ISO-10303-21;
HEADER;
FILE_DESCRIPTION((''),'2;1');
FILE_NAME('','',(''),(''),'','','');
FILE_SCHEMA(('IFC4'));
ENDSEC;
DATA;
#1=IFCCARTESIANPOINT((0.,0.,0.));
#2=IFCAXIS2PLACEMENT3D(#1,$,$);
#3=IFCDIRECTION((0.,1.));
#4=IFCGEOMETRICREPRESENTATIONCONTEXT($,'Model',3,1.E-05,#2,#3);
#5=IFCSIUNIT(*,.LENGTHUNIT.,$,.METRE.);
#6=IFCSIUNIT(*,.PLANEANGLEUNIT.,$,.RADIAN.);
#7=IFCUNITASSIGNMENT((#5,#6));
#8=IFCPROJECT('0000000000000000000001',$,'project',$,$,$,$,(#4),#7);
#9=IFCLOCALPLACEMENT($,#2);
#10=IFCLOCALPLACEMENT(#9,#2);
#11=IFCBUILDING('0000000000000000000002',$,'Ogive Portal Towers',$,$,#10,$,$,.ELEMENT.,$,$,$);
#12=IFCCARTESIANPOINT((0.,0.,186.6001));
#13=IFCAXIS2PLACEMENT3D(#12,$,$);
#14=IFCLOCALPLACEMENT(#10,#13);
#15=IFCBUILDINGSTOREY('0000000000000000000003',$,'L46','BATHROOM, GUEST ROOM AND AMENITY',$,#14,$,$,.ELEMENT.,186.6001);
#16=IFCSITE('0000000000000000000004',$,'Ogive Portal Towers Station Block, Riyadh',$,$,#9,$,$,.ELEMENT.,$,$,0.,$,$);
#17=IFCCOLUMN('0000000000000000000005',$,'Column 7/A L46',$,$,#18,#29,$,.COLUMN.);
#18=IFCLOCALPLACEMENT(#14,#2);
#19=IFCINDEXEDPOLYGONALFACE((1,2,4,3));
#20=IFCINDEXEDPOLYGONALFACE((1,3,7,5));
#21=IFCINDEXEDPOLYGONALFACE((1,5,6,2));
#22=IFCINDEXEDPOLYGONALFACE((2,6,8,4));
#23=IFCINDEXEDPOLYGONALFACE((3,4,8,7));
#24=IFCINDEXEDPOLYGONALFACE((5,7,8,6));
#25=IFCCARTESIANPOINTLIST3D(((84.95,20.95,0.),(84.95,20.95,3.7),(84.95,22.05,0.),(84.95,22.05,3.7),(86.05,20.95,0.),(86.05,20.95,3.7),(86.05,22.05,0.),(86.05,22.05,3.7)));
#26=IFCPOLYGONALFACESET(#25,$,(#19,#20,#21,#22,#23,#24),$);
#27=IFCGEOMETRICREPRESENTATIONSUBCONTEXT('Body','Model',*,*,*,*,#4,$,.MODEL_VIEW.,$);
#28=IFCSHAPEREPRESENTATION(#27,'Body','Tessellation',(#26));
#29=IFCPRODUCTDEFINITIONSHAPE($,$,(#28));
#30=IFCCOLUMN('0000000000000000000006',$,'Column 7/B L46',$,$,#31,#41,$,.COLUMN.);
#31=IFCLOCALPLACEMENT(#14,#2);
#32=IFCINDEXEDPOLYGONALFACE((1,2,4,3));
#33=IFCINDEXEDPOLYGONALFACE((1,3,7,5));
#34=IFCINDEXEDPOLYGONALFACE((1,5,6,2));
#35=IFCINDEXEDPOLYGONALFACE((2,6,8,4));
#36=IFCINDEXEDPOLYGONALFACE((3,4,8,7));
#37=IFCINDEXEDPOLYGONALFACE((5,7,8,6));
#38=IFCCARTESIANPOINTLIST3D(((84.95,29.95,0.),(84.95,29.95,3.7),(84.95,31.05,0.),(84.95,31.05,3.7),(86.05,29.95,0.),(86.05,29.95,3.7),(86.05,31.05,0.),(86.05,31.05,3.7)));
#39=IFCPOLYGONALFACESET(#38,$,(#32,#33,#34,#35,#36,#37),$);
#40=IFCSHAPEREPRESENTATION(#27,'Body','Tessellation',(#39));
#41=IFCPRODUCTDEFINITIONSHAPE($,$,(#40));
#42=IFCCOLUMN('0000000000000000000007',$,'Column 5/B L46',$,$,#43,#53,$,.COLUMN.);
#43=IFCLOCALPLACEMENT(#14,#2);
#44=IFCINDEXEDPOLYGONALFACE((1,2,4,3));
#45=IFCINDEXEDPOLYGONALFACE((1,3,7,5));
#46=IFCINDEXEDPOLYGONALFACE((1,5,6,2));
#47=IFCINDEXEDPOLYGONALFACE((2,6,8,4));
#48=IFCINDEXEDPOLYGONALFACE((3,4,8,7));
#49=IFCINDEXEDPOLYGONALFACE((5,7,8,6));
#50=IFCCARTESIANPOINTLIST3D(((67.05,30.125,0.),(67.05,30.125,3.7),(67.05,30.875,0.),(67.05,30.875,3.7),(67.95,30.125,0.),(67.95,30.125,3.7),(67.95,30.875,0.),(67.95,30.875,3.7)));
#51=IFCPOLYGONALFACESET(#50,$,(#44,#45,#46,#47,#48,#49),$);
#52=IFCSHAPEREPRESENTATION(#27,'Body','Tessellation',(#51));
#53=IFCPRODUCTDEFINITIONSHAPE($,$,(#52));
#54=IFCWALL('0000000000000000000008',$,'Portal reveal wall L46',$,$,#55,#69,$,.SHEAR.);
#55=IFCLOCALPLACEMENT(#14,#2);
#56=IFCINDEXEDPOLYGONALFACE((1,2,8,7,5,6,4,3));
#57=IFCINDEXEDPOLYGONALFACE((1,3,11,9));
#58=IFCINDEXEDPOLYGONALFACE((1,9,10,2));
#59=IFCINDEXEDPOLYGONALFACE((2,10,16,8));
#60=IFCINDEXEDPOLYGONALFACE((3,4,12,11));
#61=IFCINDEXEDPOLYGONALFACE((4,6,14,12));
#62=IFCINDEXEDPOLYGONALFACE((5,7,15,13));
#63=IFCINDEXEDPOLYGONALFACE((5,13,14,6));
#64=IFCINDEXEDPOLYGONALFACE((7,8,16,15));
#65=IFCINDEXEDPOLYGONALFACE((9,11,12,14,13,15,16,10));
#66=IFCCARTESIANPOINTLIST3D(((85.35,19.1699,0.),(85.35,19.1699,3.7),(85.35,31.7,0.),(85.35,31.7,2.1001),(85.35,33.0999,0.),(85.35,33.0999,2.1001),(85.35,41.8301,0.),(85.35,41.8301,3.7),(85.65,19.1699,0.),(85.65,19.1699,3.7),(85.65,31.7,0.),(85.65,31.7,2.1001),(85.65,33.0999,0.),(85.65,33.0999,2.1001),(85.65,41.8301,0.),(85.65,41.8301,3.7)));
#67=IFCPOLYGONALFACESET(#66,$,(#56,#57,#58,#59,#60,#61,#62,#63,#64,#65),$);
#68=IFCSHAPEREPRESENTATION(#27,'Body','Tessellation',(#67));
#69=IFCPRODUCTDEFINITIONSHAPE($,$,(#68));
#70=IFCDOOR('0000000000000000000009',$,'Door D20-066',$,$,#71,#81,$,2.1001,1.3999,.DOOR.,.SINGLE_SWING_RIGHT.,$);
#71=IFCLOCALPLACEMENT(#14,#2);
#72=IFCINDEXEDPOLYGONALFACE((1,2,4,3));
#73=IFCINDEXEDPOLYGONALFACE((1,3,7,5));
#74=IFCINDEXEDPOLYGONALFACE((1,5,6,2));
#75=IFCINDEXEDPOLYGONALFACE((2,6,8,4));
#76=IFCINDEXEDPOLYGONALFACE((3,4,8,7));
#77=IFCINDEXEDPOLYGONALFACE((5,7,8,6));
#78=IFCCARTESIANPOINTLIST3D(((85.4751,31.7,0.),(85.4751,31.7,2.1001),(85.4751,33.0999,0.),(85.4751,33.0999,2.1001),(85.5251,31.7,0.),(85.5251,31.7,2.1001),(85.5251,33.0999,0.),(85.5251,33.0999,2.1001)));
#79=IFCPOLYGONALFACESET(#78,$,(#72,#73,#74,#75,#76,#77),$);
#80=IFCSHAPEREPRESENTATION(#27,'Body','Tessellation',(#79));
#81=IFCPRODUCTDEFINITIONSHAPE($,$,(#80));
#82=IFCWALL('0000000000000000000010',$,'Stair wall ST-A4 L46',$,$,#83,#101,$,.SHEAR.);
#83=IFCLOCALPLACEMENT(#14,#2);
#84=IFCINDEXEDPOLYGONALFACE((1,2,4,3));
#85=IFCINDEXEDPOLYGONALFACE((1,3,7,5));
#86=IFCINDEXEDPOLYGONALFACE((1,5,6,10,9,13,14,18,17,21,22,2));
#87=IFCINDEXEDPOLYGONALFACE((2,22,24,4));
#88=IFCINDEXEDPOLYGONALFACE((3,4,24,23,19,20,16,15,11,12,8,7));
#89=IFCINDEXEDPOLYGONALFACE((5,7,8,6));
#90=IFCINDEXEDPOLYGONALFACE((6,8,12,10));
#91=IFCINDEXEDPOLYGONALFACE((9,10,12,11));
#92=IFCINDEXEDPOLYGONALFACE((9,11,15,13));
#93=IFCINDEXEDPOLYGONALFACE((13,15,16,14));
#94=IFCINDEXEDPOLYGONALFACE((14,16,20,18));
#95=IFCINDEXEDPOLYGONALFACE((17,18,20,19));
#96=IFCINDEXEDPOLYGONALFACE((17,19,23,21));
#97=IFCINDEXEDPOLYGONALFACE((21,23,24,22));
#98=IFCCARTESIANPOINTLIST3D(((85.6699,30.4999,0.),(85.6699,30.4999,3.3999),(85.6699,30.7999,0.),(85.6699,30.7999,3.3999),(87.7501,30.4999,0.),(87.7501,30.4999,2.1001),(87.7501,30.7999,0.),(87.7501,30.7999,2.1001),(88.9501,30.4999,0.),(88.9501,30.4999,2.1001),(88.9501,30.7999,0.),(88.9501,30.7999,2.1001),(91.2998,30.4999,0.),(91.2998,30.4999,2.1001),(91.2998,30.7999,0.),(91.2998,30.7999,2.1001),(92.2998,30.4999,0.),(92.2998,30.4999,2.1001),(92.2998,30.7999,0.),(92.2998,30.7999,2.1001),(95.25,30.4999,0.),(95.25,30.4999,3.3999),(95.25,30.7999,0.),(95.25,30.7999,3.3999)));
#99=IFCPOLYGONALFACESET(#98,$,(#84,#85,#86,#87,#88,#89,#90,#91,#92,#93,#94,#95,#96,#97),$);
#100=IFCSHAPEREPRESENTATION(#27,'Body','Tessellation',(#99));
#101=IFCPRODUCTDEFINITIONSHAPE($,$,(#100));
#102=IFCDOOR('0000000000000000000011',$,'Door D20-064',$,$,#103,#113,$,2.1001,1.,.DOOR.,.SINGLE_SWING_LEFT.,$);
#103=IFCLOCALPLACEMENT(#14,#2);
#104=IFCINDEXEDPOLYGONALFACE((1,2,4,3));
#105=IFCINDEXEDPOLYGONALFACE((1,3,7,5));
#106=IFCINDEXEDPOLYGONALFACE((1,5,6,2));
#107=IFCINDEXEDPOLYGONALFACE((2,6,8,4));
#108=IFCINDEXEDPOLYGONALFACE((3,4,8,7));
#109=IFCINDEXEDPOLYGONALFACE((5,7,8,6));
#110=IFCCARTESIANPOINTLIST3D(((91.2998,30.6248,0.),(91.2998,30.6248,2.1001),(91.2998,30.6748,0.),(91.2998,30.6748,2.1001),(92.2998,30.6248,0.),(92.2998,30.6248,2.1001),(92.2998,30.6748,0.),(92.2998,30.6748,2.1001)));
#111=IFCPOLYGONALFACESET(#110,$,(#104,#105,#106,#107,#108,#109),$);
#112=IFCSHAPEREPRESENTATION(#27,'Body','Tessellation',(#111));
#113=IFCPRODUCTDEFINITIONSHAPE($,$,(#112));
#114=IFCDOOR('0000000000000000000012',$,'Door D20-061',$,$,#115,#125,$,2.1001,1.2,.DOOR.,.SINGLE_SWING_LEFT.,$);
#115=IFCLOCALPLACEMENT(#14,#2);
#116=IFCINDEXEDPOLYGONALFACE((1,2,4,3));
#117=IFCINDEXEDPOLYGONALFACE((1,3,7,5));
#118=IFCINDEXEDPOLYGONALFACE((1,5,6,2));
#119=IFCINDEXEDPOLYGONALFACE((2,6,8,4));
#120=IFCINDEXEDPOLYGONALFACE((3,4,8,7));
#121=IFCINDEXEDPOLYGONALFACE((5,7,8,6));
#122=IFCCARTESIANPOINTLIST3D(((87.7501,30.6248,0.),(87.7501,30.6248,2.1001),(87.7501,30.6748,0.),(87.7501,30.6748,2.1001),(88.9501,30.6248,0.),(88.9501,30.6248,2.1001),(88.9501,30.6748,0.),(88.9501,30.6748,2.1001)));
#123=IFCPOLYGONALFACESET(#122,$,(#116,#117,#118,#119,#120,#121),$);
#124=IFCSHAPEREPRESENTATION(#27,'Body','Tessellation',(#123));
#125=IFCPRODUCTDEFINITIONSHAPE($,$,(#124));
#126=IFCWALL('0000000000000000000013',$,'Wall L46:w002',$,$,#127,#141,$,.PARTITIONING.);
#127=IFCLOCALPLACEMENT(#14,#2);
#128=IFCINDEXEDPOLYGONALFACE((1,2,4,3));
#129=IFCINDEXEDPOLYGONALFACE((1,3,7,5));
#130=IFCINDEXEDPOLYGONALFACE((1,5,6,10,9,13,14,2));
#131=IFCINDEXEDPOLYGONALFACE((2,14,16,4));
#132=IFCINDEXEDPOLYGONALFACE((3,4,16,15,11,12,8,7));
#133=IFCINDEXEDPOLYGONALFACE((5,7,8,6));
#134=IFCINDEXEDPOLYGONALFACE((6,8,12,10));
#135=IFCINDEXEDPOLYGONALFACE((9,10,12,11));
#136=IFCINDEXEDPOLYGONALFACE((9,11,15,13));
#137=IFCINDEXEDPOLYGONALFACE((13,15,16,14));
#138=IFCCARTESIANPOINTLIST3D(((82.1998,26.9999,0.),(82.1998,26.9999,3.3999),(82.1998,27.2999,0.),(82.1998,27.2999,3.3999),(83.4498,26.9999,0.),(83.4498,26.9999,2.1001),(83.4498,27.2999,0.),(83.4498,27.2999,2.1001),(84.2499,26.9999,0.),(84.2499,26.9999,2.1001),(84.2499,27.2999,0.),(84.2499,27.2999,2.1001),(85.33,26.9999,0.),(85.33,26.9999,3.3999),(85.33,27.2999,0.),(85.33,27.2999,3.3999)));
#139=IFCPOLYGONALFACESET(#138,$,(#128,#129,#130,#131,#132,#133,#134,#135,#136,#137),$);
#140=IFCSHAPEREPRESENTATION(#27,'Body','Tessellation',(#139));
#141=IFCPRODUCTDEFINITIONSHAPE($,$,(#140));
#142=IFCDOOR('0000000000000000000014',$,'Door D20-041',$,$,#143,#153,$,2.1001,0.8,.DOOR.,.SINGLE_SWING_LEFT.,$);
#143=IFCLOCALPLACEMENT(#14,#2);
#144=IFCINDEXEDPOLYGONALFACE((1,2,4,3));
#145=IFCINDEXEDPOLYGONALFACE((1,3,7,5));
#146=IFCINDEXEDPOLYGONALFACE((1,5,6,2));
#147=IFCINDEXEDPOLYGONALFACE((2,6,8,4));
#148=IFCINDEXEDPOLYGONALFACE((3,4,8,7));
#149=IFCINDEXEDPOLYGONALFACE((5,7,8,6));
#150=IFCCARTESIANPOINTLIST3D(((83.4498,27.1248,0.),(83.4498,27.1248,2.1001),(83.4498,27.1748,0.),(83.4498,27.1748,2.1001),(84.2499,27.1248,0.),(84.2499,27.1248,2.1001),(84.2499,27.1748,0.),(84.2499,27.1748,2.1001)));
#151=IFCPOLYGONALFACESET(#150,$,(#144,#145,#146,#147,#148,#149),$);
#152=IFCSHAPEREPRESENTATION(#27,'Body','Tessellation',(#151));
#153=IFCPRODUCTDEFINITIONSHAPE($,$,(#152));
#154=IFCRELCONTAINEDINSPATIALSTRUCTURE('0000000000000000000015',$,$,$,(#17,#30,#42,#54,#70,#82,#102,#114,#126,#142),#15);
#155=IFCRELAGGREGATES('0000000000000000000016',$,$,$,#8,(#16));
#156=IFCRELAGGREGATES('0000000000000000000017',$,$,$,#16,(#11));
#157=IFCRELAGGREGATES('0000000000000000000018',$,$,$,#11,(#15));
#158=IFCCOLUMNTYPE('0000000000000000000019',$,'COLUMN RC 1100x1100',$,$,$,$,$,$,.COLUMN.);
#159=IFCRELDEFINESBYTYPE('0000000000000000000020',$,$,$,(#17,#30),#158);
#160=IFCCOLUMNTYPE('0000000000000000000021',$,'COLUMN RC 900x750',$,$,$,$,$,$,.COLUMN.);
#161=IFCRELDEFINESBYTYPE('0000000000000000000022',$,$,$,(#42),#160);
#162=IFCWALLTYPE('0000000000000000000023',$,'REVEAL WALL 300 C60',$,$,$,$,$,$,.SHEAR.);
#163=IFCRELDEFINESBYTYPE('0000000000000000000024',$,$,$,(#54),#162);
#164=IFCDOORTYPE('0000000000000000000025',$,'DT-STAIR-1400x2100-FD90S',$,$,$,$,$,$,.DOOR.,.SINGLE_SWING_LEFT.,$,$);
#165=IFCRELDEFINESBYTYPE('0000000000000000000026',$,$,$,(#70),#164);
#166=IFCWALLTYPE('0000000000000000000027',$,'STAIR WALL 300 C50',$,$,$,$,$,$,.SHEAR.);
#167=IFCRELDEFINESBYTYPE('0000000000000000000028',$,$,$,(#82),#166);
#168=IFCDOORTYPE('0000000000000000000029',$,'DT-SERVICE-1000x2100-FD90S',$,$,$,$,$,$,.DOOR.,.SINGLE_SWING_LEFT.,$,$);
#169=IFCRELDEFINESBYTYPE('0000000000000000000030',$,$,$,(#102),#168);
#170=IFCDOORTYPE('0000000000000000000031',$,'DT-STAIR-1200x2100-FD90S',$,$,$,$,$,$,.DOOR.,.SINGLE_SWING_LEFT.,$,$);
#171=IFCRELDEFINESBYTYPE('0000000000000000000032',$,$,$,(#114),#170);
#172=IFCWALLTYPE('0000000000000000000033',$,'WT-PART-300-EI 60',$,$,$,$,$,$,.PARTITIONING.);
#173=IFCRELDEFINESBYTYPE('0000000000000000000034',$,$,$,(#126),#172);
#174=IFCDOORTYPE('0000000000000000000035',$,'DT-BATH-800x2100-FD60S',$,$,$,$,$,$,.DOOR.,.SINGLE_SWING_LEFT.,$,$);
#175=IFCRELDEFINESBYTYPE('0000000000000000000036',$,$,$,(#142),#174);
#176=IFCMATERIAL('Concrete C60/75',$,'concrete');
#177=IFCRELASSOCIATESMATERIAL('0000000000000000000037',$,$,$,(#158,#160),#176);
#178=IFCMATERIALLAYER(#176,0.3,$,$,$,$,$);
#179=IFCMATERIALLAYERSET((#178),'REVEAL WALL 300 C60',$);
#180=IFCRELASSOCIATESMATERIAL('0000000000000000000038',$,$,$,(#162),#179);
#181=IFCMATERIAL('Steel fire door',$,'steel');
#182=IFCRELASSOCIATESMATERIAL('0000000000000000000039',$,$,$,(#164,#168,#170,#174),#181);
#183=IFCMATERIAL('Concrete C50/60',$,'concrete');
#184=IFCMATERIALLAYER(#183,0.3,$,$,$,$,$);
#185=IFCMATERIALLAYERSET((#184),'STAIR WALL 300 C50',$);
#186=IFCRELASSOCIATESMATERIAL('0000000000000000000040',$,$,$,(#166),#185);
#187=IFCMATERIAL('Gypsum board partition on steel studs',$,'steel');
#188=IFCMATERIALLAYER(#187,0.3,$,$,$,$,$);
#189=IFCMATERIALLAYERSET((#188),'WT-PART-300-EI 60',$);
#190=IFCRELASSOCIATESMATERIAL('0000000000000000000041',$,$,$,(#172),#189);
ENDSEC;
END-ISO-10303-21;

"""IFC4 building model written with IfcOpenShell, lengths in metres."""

from ifc_helpers import new_model, si_unit, direction, frame, frame_2d, origin, origin_2d, place, context, subcontext, project, spatial, rectangle, extrude, material, layer, layer_set, material_profile, profile_set, type_object, element, fill, save


model = new_model("IFC4")

# Units and contexts
model_context = context("Model", 3, precision=1e-05, world=origin(), true_north=direction((0.0, 1.0)))
body_context = subcontext(model_context, "Body", "Model", "MODEL_VIEW")
ifc_project = project(units=[si_unit("LENGTHUNIT", "METRE"), si_unit("PLANEANGLEUNIT", "RADIAN")], contexts=[model_context])

# Site, building, storey
site_placement = place(None, origin())
site = spatial("IfcSite", under=ifc_project, at=site_placement, Name="Ogive Portal Towers Station Block, Riyadh", CompositionType="ELEMENT", RefElevation=0.0)
building_placement = place(site_placement, origin())
building = spatial("IfcBuilding", under=site, at=building_placement, Name="Ogive Portal Towers", CompositionType="ELEMENT")
storey_placement = place(building_placement, frame((0.0, 0.0, 186.6001)))
storey = spatial("IfcBuildingStorey", under=building, at=storey_placement, Name="L46", Description="BATHROOM, GUEST ROOM AND AMENITY", CompositionType="ELEMENT", Elevation=186.6001)

# Columns
ifc_material_1 = material(Name="Concrete C60/75", Category="concrete")
ifc_material_profile_1 = material_profile(ifc_material_1, rectangle(XDim=1.1001, YDim=1.1001, at=origin_2d()), Name="RC 1100x1100")
ifc_profile_set_1 = profile_set([ifc_material_profile_1], Name="Concrete C60/75")
column_type_1 = type_object("IfcColumnType", Name="COLUMN RC 1100x1100", PredefinedType="COLUMN", material=ifc_profile_set_1)
for number, where, z_axis, x_axis, name in (
    (1, (85.5, 21.5, 0.0), (0.0, 0.0, 1.0), (1.0, 0.0, 0.0), "Column 7/A L46"),
    (2, (85.5, 30.5, 0.0), (0.0, 0.0, 1.0), (1.0, 0.0, 0.0), "Column 7/B L46"),
):
    element("IfcColumn", number, at=place(storey_placement, frame(where, z_axis=z_axis, x_axis=x_axis)), inside=storey, type_object=column_type_1, Name=name, PredefinedType="COLUMN", context=body_context, shape_type="SweptSolid", body=[
        extrude(rectangle(XDim=1.1001, YDim=1.1001, at=origin_2d()), origin(), (0.0, 0.0, 1.0), 3.7),
    ])
ifc_material_profile_2 = material_profile(ifc_material_1, rectangle(XDim=0.8999, YDim=0.75, at=origin_2d()), Name="RC 900x750")
ifc_profile_set_2 = profile_set([ifc_material_profile_2], Name="Concrete C60/75")
column_type_2 = type_object("IfcColumnType", Name="COLUMN RC 900x750", PredefinedType="COLUMN", material=ifc_profile_set_2)
column_placement = place(storey_placement, frame((67.5, 30.5, 0.0), z_axis=(0.0, 0.0, 1.0), x_axis=(1.0, 0.0, 0.0)))
element("IfcColumn", 3, at=column_placement, inside=storey, type_object=column_type_2, Name="Column 5/B L46", PredefinedType="COLUMN", context=body_context, shape_type="SweptSolid", body=[
    extrude(rectangle(XDim=0.8999, YDim=0.75, at=origin_2d()), origin(), (0.0, 0.0, 1.0), 3.7),
])

# Wall, opening, door
ifc_layer_1 = layer(ifc_material_1, 0.3)
ifc_layer_set_1 = layer_set([ifc_layer_1], Name="REVEAL WALL 300 C60")
wall_type_1 = type_object("IfcWallType", Name="REVEAL WALL 300 C60", PredefinedType="SHEAR", material=ifc_layer_set_1)
wall_1_placement = place(storey_placement, frame((85.5, 19.1699, 0.0), z_axis=(0.0, 0.0, 1.0), x_axis=(0.0, 1.0, 0.0)))
wall_1 = element("IfcWall", 4, at=wall_1_placement, inside=storey, type_object=wall_type_1, Name="Portal reveal wall L46", PredefinedType="SHEAR", context=body_context, shape_type="SweptSolid", body=[
    extrude(rectangle(XDim=22.6602, YDim=0.3, at=frame_2d((11.3301, 0.0))), origin(), (0.0, 0.0, 1.0), 3.7),
])
opening_1_placement = place(wall_1_placement, frame((12.53, 0.0, 0.0)))
opening_1 = element("IfcOpeningElement", 5, at=opening_1_placement, cuts=wall_1, PredefinedType="OPENING", context=body_context, shape_type="SweptSolid", body=[
    extrude(rectangle(XDim=1.3999, YDim=2.1001, at=frame_2d((0.7, 1.05))), frame((0.0, 0.1602, 0.0), z_axis=(0.0, -1.0, 0.0), x_axis=(1.0, 0.0, 0.0)), (0.0, 0.0, 1.0), 0.3201),
])
ifc_material_2 = material(Name="Steel fire door", Category="steel")
door_type_1 = type_object("IfcDoorType", Name="DT-STAIR-1400x2100-FD90S", OperationType="SINGLE_SWING_LEFT", PredefinedType="DOOR", material=ifc_material_2)
door_1_placement = place(opening_1_placement, origin())
door_1 = element("IfcDoor", 6, at=door_1_placement, inside=storey, type_object=door_type_1, Name="Door D20-066", OperationType="SINGLE_SWING_RIGHT", OverallHeight=2.1001, OverallWidth=1.3999, PredefinedType="DOOR", context=body_context, shape_type="SweptSolid", body=[
    extrude(rectangle(XDim=1.3999, YDim=2.1001, at=frame_2d((0.7, 1.05))), frame((0.0, 0.0249, 0.0), z_axis=(0.0, -1.0, 0.0), x_axis=(1.0, 0.0, 0.0)), (0.0, 0.0, 1.0), 0.05),
])
fill(opening_1, door_1)

# Wall, openings, doors
ifc_material_3 = material(Name="Concrete C50/60", Category="concrete")
ifc_layer_2 = layer(ifc_material_3, 0.3)
ifc_layer_set_2 = layer_set([ifc_layer_2], Name="STAIR WALL 300 C50")
wall_type_2 = type_object("IfcWallType", Name="STAIR WALL 300 C50", PredefinedType="SHEAR", material=ifc_layer_set_2)
wall_2_placement = place(storey_placement, frame((85.6699, 30.6499, 0.0), z_axis=(0.0, 0.0, 1.0), x_axis=(1.0, 0.0, 0.0)))
wall_2 = element("IfcWall", 7, at=wall_2_placement, inside=storey, type_object=wall_type_2, Name="Stair wall ST-A4 L46", PredefinedType="SHEAR", context=body_context, shape_type="SweptSolid", body=[
    extrude(rectangle(XDim=9.5801, YDim=0.3, at=frame_2d((4.79, 0.0))), origin(), (0.0, 0.0, 1.0), 3.3999),
])
opening_2_placement = place(wall_2_placement, frame((2.0801, 0.0, 0.0)))
opening_2 = element("IfcOpeningElement", 8, at=opening_2_placement, cuts=wall_2, PredefinedType="OPENING", context=body_context, shape_type="SweptSolid", body=[
    extrude(rectangle(XDim=1.2, YDim=2.1001, at=frame_2d((0.6001, 1.05))), frame((0.0, 0.1602, 0.0), z_axis=(0.0, -1.0, 0.0), x_axis=(1.0, 0.0, 0.0)), (0.0, 0.0, 1.0), 0.3201),
])
opening_3_placement = place(wall_2_placement, frame((5.6299, 0.0, 0.0)))
opening_3 = element("IfcOpeningElement", 9, at=opening_3_placement, cuts=wall_2, PredefinedType="OPENING", context=body_context, shape_type="SweptSolid", body=[
    extrude(rectangle(XDim=1.0, YDim=2.1001, at=frame_2d((0.5, 1.05))), frame((0.0, 0.1602, 0.0), z_axis=(0.0, -1.0, 0.0), x_axis=(1.0, 0.0, 0.0)), (0.0, 0.0, 1.0), 0.3201),
])
door_type_2 = type_object("IfcDoorType", Name="DT-SERVICE-1000x2100-FD90S", OperationType="SINGLE_SWING_LEFT", PredefinedType="DOOR", material=ifc_material_2)
door_2_placement = place(opening_3_placement, origin())
door_2 = element("IfcDoor", 10, at=door_2_placement, inside=storey, type_object=door_type_2, Name="Door D20-064", OperationType="SINGLE_SWING_LEFT", OverallHeight=2.1001, OverallWidth=1.0, PredefinedType="DOOR", context=body_context, shape_type="SweptSolid", body=[
    extrude(rectangle(XDim=1.0, YDim=2.1001, at=frame_2d((0.5, 1.05))), frame((0.0, 0.0249, 0.0), z_axis=(0.0, -1.0, 0.0), x_axis=(1.0, 0.0, 0.0)), (0.0, 0.0, 1.0), 0.05),
])
fill(opening_3, door_2)
door_type_3 = type_object("IfcDoorType", Name="DT-STAIR-1200x2100-FD90S", OperationType="SINGLE_SWING_LEFT", PredefinedType="DOOR", material=ifc_material_2)
door_3_placement = place(opening_2_placement, origin())
door_3 = element("IfcDoor", 11, at=door_3_placement, inside=storey, type_object=door_type_3, Name="Door D20-061", OperationType="SINGLE_SWING_LEFT", OverallHeight=2.1001, OverallWidth=1.2, PredefinedType="DOOR", context=body_context, shape_type="SweptSolid", body=[
    extrude(rectangle(XDim=1.2, YDim=2.1001, at=frame_2d((0.6001, 1.05))), frame((0.0, 0.0249, 0.0), z_axis=(0.0, -1.0, 0.0), x_axis=(1.0, 0.0, 0.0)), (0.0, 0.0, 1.0), 0.05),
])
fill(opening_2, door_3)

# Wall, opening, door
ifc_material_4 = material(Name="Gypsum board partition on steel studs", Category="steel")
ifc_layer_3 = layer(ifc_material_4, 0.3)
ifc_layer_set_3 = layer_set([ifc_layer_3], Name="WT-PART-300-EI 60")
wall_type_3 = type_object("IfcWallType", Name="WT-PART-300-EI 60", PredefinedType="PARTITIONING", material=ifc_layer_set_3)
wall_3_placement = place(storey_placement, frame((82.2, 27.1499, 0.0), z_axis=(0.0, 0.0, 1.0), x_axis=(1.0, 0.0, 0.0)))
wall_3 = element("IfcWall", 12, at=wall_3_placement, inside=storey, type_object=wall_type_3, Name="Wall L46:w002", PredefinedType="PARTITIONING", context=body_context, shape_type="SweptSolid", body=[
    extrude(rectangle(XDim=3.1301, YDim=0.3, at=frame_2d((1.5649, 0.0))), origin(), (0.0, 0.0, 1.0), 3.3999),
])
opening_4_placement = place(wall_3_placement, frame((1.25, 0.0, 0.0)))
opening_4 = element("IfcOpeningElement", 13, at=opening_4_placement, cuts=wall_3, PredefinedType="OPENING", context=body_context, shape_type="SweptSolid", body=[
    extrude(rectangle(XDim=0.8, YDim=2.1001, at=frame_2d((0.3999, 1.05))), frame((0.0, 0.1602, 0.0), z_axis=(0.0, -1.0, 0.0), x_axis=(1.0, 0.0, 0.0)), (0.0, 0.0, 1.0), 0.3201),
])
door_type_4 = type_object("IfcDoorType", Name="DT-BATH-800x2100-FD60S", OperationType="SINGLE_SWING_LEFT", PredefinedType="DOOR", material=ifc_material_2)
door_4_placement = place(opening_4_placement, origin())
door_4 = element("IfcDoor", 14, at=door_4_placement, inside=storey, type_object=door_type_4, Name="Door D20-041", OperationType="SINGLE_SWING_LEFT", OverallHeight=2.1001, OverallWidth=0.8, PredefinedType="DOOR", context=body_context, shape_type="SweptSolid", body=[
    extrude(rectangle(XDim=0.8, YDim=2.1001, at=frame_2d((0.3999, 1.05))), frame((0.0, 0.0249, 0.0), z_axis=(0.0, -1.0, 0.0), x_axis=(1.0, 0.0, 0.0)), (0.0, 0.0, 1.0), 0.05),
])
fill(opening_4, door_4)

save(model, "model.ifc")
